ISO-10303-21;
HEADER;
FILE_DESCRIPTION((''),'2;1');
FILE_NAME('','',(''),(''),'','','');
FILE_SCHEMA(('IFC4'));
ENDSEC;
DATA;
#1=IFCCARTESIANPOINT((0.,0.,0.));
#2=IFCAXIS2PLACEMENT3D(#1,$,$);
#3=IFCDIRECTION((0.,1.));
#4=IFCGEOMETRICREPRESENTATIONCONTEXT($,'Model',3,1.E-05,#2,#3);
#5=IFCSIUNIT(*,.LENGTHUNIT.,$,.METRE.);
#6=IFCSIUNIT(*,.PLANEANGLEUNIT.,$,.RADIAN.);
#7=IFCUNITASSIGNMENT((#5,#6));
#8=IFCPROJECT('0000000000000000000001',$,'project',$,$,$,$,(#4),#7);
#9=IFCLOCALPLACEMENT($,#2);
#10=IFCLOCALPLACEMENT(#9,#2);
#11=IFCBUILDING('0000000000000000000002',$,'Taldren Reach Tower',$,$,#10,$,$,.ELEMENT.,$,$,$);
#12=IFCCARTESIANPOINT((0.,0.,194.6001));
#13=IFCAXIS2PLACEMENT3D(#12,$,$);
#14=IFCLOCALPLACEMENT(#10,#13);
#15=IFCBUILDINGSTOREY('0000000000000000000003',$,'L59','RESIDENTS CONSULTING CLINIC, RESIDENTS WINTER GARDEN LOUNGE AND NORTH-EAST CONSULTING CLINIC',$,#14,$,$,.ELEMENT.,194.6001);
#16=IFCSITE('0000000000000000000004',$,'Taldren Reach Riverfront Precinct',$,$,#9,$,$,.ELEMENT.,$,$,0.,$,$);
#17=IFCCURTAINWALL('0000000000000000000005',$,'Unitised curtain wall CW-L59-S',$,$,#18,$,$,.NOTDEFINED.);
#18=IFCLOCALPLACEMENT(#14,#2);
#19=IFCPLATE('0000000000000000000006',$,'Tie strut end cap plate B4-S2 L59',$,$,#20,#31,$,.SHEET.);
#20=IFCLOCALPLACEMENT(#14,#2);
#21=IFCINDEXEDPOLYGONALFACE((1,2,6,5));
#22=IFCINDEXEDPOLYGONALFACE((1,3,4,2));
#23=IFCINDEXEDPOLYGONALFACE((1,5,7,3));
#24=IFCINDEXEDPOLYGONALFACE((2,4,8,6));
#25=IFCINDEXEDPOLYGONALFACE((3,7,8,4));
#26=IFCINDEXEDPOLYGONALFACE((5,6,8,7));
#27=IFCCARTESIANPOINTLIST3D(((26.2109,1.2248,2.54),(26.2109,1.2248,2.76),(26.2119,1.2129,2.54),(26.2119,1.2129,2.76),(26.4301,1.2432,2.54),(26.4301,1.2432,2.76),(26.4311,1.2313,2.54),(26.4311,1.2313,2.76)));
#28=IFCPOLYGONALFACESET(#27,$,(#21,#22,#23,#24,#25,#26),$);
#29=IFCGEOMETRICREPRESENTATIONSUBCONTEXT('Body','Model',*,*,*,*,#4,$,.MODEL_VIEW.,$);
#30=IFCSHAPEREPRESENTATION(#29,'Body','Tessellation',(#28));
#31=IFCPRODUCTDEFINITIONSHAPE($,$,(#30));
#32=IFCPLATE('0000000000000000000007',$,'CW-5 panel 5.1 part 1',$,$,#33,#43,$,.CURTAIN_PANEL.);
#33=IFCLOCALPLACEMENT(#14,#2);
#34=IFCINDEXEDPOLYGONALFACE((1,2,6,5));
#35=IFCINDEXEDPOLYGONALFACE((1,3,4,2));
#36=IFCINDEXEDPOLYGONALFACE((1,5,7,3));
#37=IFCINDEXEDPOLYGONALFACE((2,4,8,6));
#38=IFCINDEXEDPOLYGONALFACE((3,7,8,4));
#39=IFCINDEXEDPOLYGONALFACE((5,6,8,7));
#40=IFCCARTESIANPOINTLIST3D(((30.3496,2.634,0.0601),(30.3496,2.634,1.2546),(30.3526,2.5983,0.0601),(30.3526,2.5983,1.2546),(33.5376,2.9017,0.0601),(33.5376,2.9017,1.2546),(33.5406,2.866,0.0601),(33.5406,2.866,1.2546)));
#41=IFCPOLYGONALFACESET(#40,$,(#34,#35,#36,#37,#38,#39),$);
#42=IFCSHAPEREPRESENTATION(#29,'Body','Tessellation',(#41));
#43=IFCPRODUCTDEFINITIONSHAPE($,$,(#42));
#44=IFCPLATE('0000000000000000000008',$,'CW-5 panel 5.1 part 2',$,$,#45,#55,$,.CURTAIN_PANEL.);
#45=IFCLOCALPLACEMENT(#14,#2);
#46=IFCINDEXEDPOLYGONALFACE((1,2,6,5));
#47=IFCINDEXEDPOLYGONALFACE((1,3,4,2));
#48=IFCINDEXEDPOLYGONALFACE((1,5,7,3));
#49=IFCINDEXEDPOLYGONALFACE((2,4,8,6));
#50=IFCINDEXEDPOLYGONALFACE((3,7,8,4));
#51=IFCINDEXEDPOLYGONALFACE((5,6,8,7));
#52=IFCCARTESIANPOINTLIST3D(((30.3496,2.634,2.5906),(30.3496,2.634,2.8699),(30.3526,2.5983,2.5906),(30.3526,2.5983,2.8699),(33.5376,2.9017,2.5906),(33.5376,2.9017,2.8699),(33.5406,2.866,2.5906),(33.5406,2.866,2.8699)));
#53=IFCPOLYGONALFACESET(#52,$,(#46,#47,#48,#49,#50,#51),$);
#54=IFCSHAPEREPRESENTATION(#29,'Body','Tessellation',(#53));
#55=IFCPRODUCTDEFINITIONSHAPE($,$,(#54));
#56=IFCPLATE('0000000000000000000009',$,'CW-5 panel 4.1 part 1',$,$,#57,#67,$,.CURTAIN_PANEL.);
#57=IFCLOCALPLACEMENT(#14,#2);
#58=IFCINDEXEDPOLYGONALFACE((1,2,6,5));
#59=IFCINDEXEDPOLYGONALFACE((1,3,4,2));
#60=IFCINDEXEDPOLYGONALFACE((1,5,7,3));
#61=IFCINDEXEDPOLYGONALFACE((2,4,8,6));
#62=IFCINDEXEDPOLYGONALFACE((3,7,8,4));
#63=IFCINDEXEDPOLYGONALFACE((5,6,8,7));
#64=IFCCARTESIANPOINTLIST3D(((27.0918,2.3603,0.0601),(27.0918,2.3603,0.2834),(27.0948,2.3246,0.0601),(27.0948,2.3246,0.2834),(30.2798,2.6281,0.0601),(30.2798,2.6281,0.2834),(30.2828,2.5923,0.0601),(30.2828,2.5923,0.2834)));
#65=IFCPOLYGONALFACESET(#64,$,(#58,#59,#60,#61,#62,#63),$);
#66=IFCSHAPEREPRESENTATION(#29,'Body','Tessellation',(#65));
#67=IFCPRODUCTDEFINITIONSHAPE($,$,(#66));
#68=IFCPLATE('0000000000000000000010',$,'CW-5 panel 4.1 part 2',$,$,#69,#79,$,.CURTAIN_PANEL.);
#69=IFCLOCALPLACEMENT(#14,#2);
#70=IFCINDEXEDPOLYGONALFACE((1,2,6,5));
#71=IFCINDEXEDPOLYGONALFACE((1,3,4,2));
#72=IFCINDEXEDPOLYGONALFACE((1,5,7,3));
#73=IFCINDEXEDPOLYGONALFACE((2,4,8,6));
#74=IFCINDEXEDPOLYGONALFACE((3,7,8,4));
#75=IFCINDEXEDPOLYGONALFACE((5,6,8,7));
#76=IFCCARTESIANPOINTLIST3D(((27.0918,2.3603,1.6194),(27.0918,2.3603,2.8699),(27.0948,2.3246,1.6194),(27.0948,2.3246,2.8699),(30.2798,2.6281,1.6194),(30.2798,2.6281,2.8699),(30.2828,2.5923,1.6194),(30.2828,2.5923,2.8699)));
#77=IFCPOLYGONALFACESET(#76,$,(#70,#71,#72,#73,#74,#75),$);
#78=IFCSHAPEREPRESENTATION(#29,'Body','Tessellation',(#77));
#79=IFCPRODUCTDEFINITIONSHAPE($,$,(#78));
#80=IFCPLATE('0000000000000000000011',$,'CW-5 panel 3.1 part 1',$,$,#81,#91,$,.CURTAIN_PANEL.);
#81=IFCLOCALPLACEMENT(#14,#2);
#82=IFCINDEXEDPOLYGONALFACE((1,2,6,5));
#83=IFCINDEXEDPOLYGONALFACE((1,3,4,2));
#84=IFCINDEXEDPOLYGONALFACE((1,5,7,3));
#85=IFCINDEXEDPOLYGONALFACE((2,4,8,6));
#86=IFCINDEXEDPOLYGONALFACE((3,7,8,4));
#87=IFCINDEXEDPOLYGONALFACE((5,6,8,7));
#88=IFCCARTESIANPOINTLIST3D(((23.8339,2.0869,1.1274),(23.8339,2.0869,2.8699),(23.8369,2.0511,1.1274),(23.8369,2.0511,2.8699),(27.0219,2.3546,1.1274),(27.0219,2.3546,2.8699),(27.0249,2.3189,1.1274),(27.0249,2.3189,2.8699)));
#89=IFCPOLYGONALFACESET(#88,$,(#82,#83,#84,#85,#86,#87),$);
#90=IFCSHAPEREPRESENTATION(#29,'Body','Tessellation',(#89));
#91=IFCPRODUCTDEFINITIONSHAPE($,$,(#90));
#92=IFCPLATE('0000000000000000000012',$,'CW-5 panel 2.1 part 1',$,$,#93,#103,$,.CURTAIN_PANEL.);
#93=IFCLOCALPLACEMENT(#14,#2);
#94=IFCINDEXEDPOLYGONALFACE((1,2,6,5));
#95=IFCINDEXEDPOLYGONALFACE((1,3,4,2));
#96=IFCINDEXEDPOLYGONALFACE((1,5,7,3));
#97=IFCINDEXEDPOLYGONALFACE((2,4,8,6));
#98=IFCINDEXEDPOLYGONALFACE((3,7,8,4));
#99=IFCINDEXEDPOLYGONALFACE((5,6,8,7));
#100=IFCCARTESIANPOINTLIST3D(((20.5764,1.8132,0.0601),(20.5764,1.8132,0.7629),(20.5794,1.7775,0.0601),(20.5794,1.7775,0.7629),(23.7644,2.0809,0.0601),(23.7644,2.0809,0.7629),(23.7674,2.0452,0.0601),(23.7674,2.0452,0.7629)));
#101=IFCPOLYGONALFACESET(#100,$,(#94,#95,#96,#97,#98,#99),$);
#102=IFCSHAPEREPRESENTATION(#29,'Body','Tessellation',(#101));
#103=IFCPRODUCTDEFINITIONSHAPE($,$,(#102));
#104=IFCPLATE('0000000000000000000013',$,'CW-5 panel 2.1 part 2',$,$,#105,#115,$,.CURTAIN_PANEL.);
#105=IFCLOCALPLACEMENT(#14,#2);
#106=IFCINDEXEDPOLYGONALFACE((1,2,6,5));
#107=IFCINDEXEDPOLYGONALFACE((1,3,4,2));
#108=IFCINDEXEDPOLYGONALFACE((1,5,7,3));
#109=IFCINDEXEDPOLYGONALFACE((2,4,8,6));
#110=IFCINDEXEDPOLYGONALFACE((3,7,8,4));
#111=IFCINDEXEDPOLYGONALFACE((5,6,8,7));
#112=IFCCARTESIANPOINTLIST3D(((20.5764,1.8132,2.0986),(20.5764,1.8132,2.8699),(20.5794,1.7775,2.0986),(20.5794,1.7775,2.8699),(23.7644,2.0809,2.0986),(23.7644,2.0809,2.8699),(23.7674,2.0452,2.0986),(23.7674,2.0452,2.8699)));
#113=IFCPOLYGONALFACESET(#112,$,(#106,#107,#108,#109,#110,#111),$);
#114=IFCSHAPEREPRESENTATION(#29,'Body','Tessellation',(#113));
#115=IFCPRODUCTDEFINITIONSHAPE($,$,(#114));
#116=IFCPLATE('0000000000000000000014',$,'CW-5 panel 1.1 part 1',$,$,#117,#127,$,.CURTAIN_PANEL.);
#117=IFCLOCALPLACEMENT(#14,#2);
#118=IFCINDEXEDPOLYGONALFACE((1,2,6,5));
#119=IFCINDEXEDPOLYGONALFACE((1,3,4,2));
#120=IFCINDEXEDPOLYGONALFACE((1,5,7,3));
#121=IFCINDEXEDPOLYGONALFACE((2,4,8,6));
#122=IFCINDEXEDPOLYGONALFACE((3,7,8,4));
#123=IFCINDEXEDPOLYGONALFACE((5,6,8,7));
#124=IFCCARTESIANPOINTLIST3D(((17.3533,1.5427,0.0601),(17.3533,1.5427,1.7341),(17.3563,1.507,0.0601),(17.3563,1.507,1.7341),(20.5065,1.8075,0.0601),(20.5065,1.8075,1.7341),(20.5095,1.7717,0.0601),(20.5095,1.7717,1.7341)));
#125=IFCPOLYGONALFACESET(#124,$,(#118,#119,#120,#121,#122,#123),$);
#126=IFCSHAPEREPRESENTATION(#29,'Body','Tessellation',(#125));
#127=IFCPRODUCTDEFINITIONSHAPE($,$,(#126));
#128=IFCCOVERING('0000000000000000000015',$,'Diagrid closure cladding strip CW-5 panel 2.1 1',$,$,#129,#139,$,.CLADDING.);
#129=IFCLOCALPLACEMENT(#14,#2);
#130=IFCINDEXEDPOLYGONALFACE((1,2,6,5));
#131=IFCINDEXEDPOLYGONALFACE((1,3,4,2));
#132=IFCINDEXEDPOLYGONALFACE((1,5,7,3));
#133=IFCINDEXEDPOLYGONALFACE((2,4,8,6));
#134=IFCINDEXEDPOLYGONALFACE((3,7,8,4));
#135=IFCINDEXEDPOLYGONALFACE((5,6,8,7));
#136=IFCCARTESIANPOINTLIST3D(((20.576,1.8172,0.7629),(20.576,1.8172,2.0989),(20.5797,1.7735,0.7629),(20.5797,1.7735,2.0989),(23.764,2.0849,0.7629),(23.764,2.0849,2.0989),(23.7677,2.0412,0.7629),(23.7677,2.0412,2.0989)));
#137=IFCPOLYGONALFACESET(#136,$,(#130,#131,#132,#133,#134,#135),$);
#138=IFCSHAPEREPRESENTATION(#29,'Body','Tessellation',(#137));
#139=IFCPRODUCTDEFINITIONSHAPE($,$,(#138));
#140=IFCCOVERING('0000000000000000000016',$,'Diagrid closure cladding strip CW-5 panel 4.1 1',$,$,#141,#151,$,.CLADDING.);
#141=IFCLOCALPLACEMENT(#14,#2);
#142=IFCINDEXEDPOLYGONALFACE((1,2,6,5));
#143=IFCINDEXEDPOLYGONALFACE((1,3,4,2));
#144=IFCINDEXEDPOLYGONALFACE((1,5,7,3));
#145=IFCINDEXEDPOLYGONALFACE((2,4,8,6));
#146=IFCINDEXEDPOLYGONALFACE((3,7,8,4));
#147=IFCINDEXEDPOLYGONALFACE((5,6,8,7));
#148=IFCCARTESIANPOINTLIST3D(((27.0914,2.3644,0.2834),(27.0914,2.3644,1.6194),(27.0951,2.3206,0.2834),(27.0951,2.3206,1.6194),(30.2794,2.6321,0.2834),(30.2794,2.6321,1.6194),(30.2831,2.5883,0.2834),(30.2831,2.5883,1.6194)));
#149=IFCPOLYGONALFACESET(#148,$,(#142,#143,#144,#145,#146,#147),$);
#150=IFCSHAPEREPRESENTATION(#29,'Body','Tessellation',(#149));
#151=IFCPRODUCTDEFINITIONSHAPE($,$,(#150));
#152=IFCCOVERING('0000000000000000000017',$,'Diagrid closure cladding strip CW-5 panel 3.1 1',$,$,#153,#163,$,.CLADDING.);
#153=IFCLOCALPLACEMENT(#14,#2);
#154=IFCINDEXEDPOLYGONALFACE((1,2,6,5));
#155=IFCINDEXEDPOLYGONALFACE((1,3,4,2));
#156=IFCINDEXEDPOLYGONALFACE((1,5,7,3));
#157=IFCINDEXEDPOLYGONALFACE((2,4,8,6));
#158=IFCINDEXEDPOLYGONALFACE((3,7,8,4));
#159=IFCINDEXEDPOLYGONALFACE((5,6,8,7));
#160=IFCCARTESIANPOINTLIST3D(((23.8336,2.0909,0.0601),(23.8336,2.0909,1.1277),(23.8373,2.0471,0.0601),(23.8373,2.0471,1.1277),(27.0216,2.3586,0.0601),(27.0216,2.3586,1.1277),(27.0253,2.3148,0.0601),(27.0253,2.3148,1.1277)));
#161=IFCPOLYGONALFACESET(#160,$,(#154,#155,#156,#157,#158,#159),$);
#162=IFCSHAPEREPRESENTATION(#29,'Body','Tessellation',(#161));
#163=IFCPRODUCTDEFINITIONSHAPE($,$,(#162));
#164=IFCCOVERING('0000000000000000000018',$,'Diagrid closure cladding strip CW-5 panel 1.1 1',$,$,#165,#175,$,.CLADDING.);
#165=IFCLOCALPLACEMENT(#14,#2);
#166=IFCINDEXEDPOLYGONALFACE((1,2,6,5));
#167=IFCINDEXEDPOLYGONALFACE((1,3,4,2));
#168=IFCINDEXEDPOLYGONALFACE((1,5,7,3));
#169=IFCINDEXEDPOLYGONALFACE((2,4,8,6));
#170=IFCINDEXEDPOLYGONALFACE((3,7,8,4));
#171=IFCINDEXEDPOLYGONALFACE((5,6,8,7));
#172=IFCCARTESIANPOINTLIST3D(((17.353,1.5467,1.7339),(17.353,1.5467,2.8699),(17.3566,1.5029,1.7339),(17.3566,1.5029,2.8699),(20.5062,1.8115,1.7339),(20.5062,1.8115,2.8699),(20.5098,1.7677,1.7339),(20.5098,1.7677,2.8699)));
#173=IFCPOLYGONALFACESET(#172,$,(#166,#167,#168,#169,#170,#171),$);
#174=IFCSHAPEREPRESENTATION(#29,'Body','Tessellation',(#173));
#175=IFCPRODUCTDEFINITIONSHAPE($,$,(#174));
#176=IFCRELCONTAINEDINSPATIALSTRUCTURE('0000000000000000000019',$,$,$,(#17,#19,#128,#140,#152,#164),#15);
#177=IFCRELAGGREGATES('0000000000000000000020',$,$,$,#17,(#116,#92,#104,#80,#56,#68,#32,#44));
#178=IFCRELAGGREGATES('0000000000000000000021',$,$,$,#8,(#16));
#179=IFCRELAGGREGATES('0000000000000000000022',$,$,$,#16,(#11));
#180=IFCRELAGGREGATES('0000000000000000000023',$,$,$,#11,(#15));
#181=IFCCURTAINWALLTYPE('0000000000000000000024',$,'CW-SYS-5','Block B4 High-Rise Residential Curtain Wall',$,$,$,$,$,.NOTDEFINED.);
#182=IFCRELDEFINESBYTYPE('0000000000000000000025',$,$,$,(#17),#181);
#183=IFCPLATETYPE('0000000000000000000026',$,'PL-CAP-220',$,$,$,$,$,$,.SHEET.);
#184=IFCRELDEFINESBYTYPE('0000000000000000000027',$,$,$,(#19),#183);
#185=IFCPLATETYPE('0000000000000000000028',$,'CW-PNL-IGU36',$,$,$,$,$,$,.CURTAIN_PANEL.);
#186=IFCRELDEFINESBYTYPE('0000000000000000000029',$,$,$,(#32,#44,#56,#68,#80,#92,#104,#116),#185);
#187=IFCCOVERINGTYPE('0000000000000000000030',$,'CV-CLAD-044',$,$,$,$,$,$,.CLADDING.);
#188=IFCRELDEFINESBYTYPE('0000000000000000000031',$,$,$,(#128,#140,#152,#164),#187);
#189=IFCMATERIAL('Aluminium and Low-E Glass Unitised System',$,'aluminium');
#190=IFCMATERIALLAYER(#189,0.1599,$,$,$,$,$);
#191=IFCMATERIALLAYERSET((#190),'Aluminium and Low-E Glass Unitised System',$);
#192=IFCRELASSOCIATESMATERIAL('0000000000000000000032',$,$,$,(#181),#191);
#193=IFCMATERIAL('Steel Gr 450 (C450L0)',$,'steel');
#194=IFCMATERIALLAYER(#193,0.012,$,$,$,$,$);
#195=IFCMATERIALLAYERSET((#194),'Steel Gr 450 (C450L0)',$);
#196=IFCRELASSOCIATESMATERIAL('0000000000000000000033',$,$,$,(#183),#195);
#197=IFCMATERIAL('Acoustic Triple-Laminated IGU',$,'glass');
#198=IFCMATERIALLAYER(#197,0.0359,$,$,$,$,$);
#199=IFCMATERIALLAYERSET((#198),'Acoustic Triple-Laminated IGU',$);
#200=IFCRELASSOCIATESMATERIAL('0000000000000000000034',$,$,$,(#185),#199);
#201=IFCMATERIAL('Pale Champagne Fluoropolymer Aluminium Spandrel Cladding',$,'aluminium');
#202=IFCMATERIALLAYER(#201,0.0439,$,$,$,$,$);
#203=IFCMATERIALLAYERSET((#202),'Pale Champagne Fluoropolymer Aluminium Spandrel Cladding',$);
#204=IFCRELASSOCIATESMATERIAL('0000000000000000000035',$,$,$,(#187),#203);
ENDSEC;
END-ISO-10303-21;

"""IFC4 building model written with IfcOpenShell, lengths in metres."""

from ifc_helpers import new_model, si_unit, direction, frame, origin, origin_2d, place, context, subcontext, project, spatial, rectangle, extrude, source, transform, mapped, material, layer, layer_set, type_object, element, aggregate, save


model = new_model("IFC4")

# Units and contexts
model_context = context("Model", 3, precision=1e-05, world=origin(), true_north=direction((0.0, 1.0)))
body_context = subcontext(model_context, "Body", "Model", "MODEL_VIEW")
ifc_project = project(units=[si_unit("LENGTHUNIT", "METRE"), si_unit("PLANEANGLEUNIT", "RADIAN")], contexts=[model_context])

# Site, building, storey
site_placement = place(None, origin())
site = spatial("IfcSite", under=ifc_project, at=site_placement, Name="Taldren Reach Riverfront Precinct", CompositionType="ELEMENT", RefElevation=0.0)
building_placement = place(site_placement, origin())
building = spatial("IfcBuilding", under=site, at=building_placement, Name="Taldren Reach Tower", CompositionType="ELEMENT")
storey_placement = place(building_placement, frame((0.0, 0.0, 194.6001)))
storey = spatial("IfcBuildingStorey", under=building, at=storey_placement, Name="L59", Description="RESIDENTS CONSULTING CLINIC, RESIDENTS WINTER GARDEN LOUNGE AND NORTH-EAST CONSULTING CLINIC", CompositionType="ELEMENT", Elevation=194.6001)

# Shared definitions
ifc_material_1 = material(Name="Steel Gr 450 (C450L0)", Category="steel")

# Curtain wall
ifc_material_2 = material(Name="Aluminium and Low-E Glass Unitised System", Category="aluminium")
ifc_layer_1 = layer(ifc_material_2, 0.1599)
ifc_layer_set_1 = layer_set([ifc_layer_1], Name="Aluminium and Low-E Glass Unitised System")
curtain_wall_type = type_object("IfcCurtainWallType", Name="CW-SYS-5", Description="Block B4 High-Rise Residential Curtain Wall", PredefinedType="NOTDEFINED", material=ifc_layer_set_1)
curtain_wall_placement = place(storey_placement, origin())
curtain_wall = element("IfcCurtainWall", 1, at=curtain_wall_placement, inside=storey, type_object=curtain_wall_type, Name="Unitised curtain wall CW-L59-S", PredefinedType="NOTDEFINED")

# Plate
ifc_layer_2 = layer(ifc_material_1, 0.012)
ifc_layer_set_2 = layer_set([ifc_layer_2], Name="Steel Gr 450 (C450L0)")
plate_type_1 = type_object("IfcPlateType", Name="PL-CAP-220", PredefinedType="SHEET", material=ifc_layer_set_2)
shared_shape_1 = source(origin(), body_context, "Body", "SweptSolid", [
    extrude(rectangle(XDim=0.22, YDim=0.012, at=origin_2d()), origin(), (0.0, 0.0, 1.0), 0.22),
])
plate_1_placement = place(storey_placement, frame((26.321, 1.228, 2.54), z_axis=(0.0, 0.0, 1.0), x_axis=(0.996493, 0.083678, 0.0)))
element("IfcPlate", 2, at=plate_1_placement, inside=storey, type_object=plate_type_1, Name="Tie strut end cap plate B4-S2 L59", PredefinedType="SHEET", context=body_context, shape_type="MappedRepresentation", body=[
    mapped(shared_shape_1, transform((0.0, 0.0, 0.0), scale=1.0)),
])

# Plates
ifc_material_3 = material(Name="Acoustic Triple-Laminated IGU", Category="glass")
ifc_layer_3 = layer(ifc_material_3, 0.0359)
ifc_layer_set_3 = layer_set([ifc_layer_3], Name="Acoustic Triple-Laminated IGU")
plate_type_2 = type_object("IfcPlateType", Name="CW-PNL-IGU36", PredefinedType="CURTAIN_PANEL", material=ifc_layer_set_3)
shared_shape_2 = source(origin(), body_context, "Body", "SweptSolid", [
    extrude(rectangle(XDim=3.1992, YDim=0.0359, at=origin_2d()), origin(), (0.0, 0.0, 1.0), 1.1946),
])
plate_2_placement = place(storey_placement, frame((31.9451, 2.75, 0.0601), z_axis=(0.0, 0.0, 1.0), x_axis=(0.996493, 0.083678, 0.0)))
plate_2 = element("IfcPlate", 3, at=plate_2_placement, type_object=plate_type_2, Name="CW-5 panel 5.1 part 1", PredefinedType="CURTAIN_PANEL", context=body_context, shape_type="MappedRepresentation", body=[
    mapped(shared_shape_2, transform((0.0, 0.0, 0.0), scale=1.0)),
])
shared_shape_3 = source(origin(), body_context, "Body", "SweptSolid", [
    extrude(rectangle(XDim=3.1992, YDim=0.0359, at=origin_2d()), origin(), (0.0, 0.0, 1.0), 0.2793),
])
plate_3_placement = place(storey_placement, frame((31.9451, 2.75, 2.5906), z_axis=(0.0, 0.0, 1.0), x_axis=(0.996493, 0.083678, 0.0)))
plate_3 = element("IfcPlate", 4, at=plate_3_placement, type_object=plate_type_2, Name="CW-5 panel 5.1 part 2", PredefinedType="CURTAIN_PANEL", context=body_context, shape_type="MappedRepresentation", body=[
    mapped(shared_shape_3, transform((0.0, 0.0, 0.0), scale=1.0)),
])
shared_shape_4 = source(origin(), body_context, "Body", "SweptSolid", [
    extrude(rectangle(XDim=3.1992, YDim=0.0359, at=origin_2d()), origin(), (0.0, 0.0, 1.0), 0.2234),
])
plate_4_placement = place(storey_placement, frame((28.6873, 2.4763, 0.0601), z_axis=(0.0, 0.0, 1.0), x_axis=(0.996493, 0.083678, 0.0)))
plate_4 = element("IfcPlate", 5, at=plate_4_placement, type_object=plate_type_2, Name="CW-5 panel 4.1 part 1", PredefinedType="CURTAIN_PANEL", context=body_context, shape_type="MappedRepresentation", body=[
    mapped(shared_shape_4, transform((0.0, 0.0, 0.0), scale=1.0)),
])
shared_shape_5 = source(origin(), body_context, "Body", "SweptSolid", [
    extrude(rectangle(XDim=3.1992, YDim=0.0359, at=origin_2d()), origin(), (0.0, 0.0, 1.0), 1.2505),
])
plate_5_placement = place(storey_placement, frame((28.6873, 2.4763, 1.6194), z_axis=(0.0, 0.0, 1.0), x_axis=(0.996493, 0.083678, 0.0)))
plate_5 = element("IfcPlate", 6, at=plate_5_placement, type_object=plate_type_2, Name="CW-5 panel 4.1 part 2", PredefinedType="CURTAIN_PANEL", context=body_context, shape_type="MappedRepresentation", body=[
    mapped(shared_shape_5, transform((0.0, 0.0, 0.0), scale=1.0)),
])
shared_shape_6 = source(origin(), body_context, "Body", "SweptSolid", [
    extrude(rectangle(XDim=3.1992, YDim=0.0359, at=origin_2d()), origin(), (0.0, 0.0, 1.0), 1.7424),
])
plate_6_placement = place(storey_placement, frame((25.4294, 2.2029, 1.1274), z_axis=(0.0, 0.0, 1.0), x_axis=(0.996493, 0.083678, 0.0)))
plate_6 = element("IfcPlate", 7, at=plate_6_placement, type_object=plate_type_2, Name="CW-5 panel 3.1 part 1", PredefinedType="CURTAIN_PANEL", context=body_context, shape_type="MappedRepresentation", body=[
    mapped(shared_shape_6, transform((0.0, 0.0, 0.0), scale=1.0)),
])
shared_shape_7 = source(origin(), body_context, "Body", "SweptSolid", [
    extrude(rectangle(XDim=3.1992, YDim=0.0359, at=origin_2d()), origin(), (0.0, 0.0, 1.0), 0.7029),
])
plate_7_placement = place(storey_placement, frame((22.1719, 1.9292, 0.0601), z_axis=(0.0, 0.0, 1.0), x_axis=(0.996493, 0.083678, 0.0)))
plate_7 = element("IfcPlate", 8, at=plate_7_placement, type_object=plate_type_2, Name="CW-5 panel 2.1 part 1", PredefinedType="CURTAIN_PANEL", context=body_context, shape_type="MappedRepresentation", body=[
    mapped(shared_shape_7, transform((0.0, 0.0, 0.0), scale=1.0)),
])
shared_shape_8 = source(origin(), body_context, "Body", "SweptSolid", [
    extrude(rectangle(XDim=3.1992, YDim=0.0359, at=origin_2d()), origin(), (0.0, 0.0, 1.0), 0.7712),
])
plate_8_placement = place(storey_placement, frame((22.1719, 1.9292, 2.0986), z_axis=(0.0, 0.0, 1.0), x_axis=(0.996493, 0.083678, 0.0)))
plate_8 = element("IfcPlate", 9, at=plate_8_placement, type_object=plate_type_2, Name="CW-5 panel 2.1 part 2", PredefinedType="CURTAIN_PANEL", context=body_context, shape_type="MappedRepresentation", body=[
    mapped(shared_shape_8, transform((0.0, 0.0, 0.0), scale=1.0)),
])
shared_shape_9 = source(origin(), body_context, "Body", "SweptSolid", [
    extrude(rectangle(XDim=3.1643, YDim=0.0359, at=origin_2d()), origin(), (0.0, 0.0, 1.0), 1.6741),
])
plate_9_placement = place(storey_placement, frame((18.9314, 1.6572, 0.0601), z_axis=(0.0, 0.0, 1.0), x_axis=(0.996493, 0.083678, 0.0)))
plate_9 = element("IfcPlate", 10, at=plate_9_placement, type_object=plate_type_2, Name="CW-5 panel 1.1 part 1", PredefinedType="CURTAIN_PANEL", context=body_context, shape_type="MappedRepresentation", body=[
    mapped(shared_shape_9, transform((0.0, 0.0, 0.0), scale=1.0)),
])
aggregate(curtain_wall, [plate_9, plate_7, plate_8, plate_6, plate_4, plate_5, plate_2, plate_3])

# Coverings
ifc_material_4 = material(Name="Pale Champagne Fluoropolymer Aluminium Spandrel Cladding", Category="aluminium")
ifc_layer_4 = layer(ifc_material_4, 0.0439)
ifc_layer_set_4 = layer_set([ifc_layer_4], Name="Pale Champagne Fluoropolymer Aluminium Spandrel Cladding")
covering_type = type_object("IfcCoveringType", Name="CV-CLAD-044", PredefinedType="CLADDING", material=ifc_layer_set_4)
shared_shape_10 = source(origin(), body_context, "Body", "SweptSolid", [
    extrude(rectangle(XDim=3.1992, YDim=0.0439, at=origin_2d()), origin(), (0.0, 0.0, 1.0), 1.3359),
])
for number, where, z_axis, x_axis, name in (
    (11, (22.1719, 1.9292, 0.7629), (0.0, 0.0, 1.0), (0.996493, 0.083678, 0.0), "Diagrid closure cladding strip CW-5 panel 2.1 1"),
    (12, (28.6873, 2.4763, 0.2834), (0.0, 0.0, 1.0), (0.996493, 0.083678, 0.0), "Diagrid closure cladding strip CW-5 panel 4.1 1"),
):
    element("IfcCovering", number, at=place(storey_placement, frame(where, z_axis=z_axis, x_axis=x_axis)), inside=storey, type_object=covering_type, Name=name, PredefinedType="CLADDING", context=body_context, shape_type="MappedRepresentation", body=[
        mapped(shared_shape_10, transform((0.0, 0.0, 0.0), scale=1.0)),
    ])
shared_shape_11 = source(origin(), body_context, "Body", "SweptSolid", [
    extrude(rectangle(XDim=3.1992, YDim=0.0439, at=origin_2d()), origin(), (0.0, 0.0, 1.0), 1.0676),
])
covering_1_placement = place(storey_placement, frame((25.4294, 2.2029, 0.0601), z_axis=(0.0, 0.0, 1.0), x_axis=(0.996493, 0.083678, 0.0)))
element("IfcCovering", 13, at=covering_1_placement, inside=storey, type_object=covering_type, Name="Diagrid closure cladding strip CW-5 panel 3.1 1", PredefinedType="CLADDING", context=body_context, shape_type="MappedRepresentation", body=[
    mapped(shared_shape_11, transform((0.0, 0.0, 0.0), scale=1.0)),
])
shared_shape_12 = source(origin(), body_context, "Body", "SweptSolid", [
    extrude(rectangle(XDim=3.1643, YDim=0.0439, at=origin_2d()), origin(), (0.0, 0.0, 1.0), 1.136),
])
covering_2_placement = place(storey_placement, frame((18.9314, 1.6572, 1.7339), z_axis=(0.0, 0.0, 1.0), x_axis=(0.996493, 0.083678, 0.0)))
element("IfcCovering", 14, at=covering_2_placement, inside=storey, type_object=covering_type, Name="Diagrid closure cladding strip CW-5 panel 1.1 1", PredefinedType="CLADDING", context=body_context, shape_type="MappedRepresentation", body=[
    mapped(shared_shape_12, transform((0.0, 0.0, 0.0), scale=1.0)),
])

save(model, "model.ifc")
